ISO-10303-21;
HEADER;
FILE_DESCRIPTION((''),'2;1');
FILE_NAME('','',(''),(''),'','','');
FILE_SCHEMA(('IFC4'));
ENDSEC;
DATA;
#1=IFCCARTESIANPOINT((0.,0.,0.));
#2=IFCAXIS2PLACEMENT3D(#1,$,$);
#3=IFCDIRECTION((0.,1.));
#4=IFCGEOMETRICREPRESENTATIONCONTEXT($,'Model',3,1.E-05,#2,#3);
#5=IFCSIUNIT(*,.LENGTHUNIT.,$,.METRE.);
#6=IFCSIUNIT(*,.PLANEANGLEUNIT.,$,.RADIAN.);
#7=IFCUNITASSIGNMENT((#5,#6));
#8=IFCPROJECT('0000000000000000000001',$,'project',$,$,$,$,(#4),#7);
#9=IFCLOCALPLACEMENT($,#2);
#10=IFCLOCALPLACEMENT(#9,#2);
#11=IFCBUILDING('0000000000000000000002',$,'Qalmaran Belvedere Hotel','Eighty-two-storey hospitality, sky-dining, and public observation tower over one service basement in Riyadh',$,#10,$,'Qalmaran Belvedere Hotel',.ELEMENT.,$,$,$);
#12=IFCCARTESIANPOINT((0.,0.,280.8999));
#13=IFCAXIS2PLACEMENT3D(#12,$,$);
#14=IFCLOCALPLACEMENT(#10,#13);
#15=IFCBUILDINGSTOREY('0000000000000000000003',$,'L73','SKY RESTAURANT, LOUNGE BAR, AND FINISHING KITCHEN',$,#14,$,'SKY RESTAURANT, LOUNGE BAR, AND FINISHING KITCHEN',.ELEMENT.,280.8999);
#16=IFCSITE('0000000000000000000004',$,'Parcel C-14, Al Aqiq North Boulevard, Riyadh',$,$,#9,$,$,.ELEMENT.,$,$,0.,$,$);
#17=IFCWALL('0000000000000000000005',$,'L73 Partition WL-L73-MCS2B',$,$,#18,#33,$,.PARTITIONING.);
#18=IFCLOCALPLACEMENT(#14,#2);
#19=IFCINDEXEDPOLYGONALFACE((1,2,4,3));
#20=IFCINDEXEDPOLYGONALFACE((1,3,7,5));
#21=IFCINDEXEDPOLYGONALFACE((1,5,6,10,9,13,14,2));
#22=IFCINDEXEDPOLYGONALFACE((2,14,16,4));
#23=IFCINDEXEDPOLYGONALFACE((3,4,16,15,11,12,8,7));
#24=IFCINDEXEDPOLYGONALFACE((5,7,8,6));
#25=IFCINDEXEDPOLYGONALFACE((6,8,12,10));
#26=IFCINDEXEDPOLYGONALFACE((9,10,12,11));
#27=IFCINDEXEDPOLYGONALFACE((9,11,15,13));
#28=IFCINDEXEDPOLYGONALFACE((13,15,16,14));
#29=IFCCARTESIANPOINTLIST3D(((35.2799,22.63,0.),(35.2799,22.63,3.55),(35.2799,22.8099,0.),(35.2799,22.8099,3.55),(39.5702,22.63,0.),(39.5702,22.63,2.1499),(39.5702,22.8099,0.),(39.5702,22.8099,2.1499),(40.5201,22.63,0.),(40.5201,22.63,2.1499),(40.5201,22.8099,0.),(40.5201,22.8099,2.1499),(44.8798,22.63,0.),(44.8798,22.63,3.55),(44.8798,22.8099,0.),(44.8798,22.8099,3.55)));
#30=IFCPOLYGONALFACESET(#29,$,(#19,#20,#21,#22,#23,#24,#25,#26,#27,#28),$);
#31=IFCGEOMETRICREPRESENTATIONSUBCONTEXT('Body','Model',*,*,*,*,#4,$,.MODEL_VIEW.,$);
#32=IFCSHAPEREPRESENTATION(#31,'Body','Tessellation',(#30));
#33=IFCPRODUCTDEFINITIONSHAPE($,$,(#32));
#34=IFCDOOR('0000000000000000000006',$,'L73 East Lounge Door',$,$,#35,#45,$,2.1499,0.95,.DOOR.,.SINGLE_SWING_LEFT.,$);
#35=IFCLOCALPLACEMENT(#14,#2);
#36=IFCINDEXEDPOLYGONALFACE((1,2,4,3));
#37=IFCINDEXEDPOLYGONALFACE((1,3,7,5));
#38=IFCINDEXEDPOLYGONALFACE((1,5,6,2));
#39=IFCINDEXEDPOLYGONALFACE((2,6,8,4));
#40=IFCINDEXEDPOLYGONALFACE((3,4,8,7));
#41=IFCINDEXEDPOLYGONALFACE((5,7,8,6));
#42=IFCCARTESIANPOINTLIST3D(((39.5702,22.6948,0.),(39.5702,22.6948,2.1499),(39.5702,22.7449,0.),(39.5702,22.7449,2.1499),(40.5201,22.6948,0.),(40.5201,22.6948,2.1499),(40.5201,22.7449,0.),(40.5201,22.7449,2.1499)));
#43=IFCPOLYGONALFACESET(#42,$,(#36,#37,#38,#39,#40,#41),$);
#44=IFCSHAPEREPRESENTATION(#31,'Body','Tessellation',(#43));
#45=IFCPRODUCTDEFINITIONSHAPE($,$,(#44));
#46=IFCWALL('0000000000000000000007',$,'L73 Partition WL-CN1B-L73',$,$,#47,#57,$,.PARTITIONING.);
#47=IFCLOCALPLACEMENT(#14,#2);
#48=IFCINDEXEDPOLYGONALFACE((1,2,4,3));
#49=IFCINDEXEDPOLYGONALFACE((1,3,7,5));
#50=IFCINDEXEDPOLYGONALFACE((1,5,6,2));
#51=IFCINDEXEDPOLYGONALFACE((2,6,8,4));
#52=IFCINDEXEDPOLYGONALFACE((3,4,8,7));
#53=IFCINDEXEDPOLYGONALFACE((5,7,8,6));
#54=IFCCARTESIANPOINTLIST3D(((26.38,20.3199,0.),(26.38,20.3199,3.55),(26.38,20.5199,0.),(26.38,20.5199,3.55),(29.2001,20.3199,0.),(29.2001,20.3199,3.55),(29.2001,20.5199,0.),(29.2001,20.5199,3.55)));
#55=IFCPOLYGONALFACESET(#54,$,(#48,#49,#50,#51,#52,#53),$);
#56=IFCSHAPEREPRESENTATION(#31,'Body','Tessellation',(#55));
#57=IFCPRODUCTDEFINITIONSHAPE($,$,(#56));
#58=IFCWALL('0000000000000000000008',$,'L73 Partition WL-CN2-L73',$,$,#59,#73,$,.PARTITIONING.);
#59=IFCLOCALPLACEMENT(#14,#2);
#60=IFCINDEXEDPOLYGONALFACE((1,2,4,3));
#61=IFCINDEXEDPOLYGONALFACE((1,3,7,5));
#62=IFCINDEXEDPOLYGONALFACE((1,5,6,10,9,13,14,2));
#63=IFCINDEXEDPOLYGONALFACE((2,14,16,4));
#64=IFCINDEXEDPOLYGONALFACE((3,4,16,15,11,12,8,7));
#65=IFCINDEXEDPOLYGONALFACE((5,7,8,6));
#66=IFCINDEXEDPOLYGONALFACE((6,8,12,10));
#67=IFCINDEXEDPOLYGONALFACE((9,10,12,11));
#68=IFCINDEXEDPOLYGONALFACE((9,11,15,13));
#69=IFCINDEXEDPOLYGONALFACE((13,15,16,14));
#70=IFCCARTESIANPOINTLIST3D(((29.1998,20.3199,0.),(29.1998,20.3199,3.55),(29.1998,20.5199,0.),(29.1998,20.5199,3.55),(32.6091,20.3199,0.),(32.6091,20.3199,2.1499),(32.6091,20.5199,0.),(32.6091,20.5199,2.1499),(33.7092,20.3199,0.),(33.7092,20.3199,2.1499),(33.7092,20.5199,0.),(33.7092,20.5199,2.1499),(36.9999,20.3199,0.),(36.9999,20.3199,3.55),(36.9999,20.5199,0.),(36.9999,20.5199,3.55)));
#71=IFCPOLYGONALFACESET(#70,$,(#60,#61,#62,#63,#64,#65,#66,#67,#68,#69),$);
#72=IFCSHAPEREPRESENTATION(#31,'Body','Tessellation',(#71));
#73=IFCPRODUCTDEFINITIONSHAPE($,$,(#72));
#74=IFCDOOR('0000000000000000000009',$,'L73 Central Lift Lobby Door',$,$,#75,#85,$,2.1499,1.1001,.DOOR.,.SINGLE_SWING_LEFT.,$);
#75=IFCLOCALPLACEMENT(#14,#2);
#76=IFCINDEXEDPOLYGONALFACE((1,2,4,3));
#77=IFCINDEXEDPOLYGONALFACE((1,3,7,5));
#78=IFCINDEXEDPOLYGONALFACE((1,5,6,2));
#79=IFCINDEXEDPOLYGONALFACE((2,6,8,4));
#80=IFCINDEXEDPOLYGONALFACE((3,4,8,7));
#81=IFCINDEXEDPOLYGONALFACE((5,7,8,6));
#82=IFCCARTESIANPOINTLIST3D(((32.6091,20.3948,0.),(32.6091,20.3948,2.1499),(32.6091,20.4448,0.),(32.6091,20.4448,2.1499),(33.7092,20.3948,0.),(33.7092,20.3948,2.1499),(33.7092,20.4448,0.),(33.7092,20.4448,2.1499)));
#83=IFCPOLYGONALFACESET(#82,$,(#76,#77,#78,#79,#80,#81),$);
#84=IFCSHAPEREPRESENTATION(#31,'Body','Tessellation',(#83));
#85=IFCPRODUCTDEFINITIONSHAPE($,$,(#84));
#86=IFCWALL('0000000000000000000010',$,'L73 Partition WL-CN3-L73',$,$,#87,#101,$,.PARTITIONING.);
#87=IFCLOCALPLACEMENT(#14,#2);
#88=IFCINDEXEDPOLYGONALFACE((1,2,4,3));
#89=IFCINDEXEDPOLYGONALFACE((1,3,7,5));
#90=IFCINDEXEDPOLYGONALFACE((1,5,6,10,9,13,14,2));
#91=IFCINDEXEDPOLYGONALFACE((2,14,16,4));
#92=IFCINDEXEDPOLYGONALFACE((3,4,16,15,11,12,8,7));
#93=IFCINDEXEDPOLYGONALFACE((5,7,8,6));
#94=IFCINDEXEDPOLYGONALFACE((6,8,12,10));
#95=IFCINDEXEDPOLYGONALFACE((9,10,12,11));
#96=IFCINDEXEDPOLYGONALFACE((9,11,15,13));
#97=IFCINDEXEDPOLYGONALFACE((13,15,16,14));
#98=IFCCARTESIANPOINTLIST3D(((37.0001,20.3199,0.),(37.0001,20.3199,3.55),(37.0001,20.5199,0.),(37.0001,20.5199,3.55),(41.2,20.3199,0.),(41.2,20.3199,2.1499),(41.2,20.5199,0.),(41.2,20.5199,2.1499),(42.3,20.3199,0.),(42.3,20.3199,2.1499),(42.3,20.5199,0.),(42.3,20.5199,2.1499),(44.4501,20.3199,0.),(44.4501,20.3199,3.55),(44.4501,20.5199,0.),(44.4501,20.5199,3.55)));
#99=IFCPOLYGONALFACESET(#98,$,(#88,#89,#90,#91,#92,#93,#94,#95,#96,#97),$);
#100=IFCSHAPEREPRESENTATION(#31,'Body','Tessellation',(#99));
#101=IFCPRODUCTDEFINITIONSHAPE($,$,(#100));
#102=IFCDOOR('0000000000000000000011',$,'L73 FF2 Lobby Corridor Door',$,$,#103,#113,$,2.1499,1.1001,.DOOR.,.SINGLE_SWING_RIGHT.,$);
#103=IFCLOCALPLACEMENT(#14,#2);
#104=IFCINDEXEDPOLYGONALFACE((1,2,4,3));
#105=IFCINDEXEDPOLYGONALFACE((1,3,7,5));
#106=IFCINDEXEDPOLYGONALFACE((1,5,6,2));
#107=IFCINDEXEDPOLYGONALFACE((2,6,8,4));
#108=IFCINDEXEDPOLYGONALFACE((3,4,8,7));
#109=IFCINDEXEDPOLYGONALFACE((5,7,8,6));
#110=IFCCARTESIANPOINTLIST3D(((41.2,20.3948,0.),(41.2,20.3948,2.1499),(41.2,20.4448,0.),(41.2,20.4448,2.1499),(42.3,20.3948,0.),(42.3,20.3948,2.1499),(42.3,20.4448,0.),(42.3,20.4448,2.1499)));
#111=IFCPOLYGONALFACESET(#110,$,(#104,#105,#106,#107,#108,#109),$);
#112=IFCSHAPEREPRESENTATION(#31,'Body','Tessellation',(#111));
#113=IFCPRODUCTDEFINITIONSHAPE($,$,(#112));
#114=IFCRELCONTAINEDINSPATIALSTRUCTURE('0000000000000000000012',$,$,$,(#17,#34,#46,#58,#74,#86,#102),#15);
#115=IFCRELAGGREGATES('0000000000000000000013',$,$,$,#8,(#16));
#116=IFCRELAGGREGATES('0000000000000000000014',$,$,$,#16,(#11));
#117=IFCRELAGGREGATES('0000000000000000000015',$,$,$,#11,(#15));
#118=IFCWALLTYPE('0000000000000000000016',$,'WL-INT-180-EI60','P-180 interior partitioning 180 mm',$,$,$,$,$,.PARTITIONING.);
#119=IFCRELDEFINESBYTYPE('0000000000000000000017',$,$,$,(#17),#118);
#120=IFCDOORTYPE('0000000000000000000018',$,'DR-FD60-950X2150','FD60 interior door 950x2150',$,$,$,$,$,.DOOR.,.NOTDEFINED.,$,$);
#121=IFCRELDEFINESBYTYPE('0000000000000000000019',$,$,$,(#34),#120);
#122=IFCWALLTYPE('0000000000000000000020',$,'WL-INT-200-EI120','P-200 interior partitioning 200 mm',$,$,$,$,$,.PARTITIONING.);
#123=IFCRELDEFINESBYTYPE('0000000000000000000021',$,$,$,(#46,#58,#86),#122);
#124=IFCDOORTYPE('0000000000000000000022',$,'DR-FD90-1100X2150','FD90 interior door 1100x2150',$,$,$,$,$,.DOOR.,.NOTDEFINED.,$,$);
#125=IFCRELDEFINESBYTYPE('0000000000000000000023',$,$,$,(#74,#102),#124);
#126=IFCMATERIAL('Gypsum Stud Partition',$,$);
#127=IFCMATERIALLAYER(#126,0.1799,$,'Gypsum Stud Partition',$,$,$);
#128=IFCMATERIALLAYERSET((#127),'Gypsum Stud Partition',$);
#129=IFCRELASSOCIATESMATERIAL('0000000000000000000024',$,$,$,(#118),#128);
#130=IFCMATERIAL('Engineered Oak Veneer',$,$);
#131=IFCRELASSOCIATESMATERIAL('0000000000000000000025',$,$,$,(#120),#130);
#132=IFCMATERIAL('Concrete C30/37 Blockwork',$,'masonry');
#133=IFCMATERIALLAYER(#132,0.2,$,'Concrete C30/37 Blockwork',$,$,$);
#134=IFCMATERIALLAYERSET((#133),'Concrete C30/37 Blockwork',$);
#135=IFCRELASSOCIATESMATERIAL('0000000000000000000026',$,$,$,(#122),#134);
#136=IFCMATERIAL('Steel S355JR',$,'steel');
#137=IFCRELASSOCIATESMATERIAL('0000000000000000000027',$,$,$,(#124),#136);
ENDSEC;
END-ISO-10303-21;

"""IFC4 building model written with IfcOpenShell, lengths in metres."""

from ifc_helpers import new_model, si_unit, direction, frame, frame_2d, origin, place, context, subcontext, project, spatial, rectangle, extrude, material, layer, layer_set, type_object, element, fill, save


model = new_model("IFC4")

# Units and contexts
model_context = context("Model", 3, precision=1e-05, world=origin(), true_north=direction((0.0, 1.0)))
body_context = subcontext(model_context, "Body", "Model", "MODEL_VIEW")
ifc_project = project(units=[si_unit("LENGTHUNIT", "METRE"), si_unit("PLANEANGLEUNIT", "RADIAN")], contexts=[model_context])

# Site, building, storey
site_placement = place(None, origin())
site = spatial("IfcSite", under=ifc_project, at=site_placement, Name="Parcel C-14, Al Aqiq North Boulevard, Riyadh", CompositionType="ELEMENT", RefElevation=0.0)
building_placement = place(site_placement, origin())
building = spatial("IfcBuilding", under=site, at=building_placement, Name="Qalmaran Belvedere Hotel", Description="Eighty-two-storey hospitality, sky-dining, and public observation tower over one service basement in Riyadh", LongName="Qalmaran Belvedere Hotel", CompositionType="ELEMENT")
storey_placement = place(building_placement, frame((0.0, 0.0, 280.8999)))
storey = spatial("IfcBuildingStorey", under=building, at=storey_placement, Name="L73", Description="SKY RESTAURANT, LOUNGE BAR, AND FINISHING KITCHEN", LongName="SKY RESTAURANT, LOUNGE BAR, AND FINISHING KITCHEN", CompositionType="ELEMENT", Elevation=280.8999)

# Shared definitions
ifc_material_1 = material(Name="Steel S355JR", Category="steel")

# Shared definitions
ifc_material_2 = material(Name="Gypsum Stud Partition")

# Wall, opening, door
ifc_layer_1 = layer(ifc_material_2, 0.1799, Name="Gypsum Stud Partition")
ifc_layer_set_1 = layer_set([ifc_layer_1], Name="Gypsum Stud Partition")
wall_type_1 = type_object("IfcWallType", Name="WL-INT-180-EI60", Description="P-180 interior partitioning 180 mm", PredefinedType="PARTITIONING", material=ifc_layer_set_1)
ifc_material_3 = material(Name="Engineered Oak Veneer")
wall_1_placement = place(storey_placement, frame((35.28, 22.72, 0.0), z_axis=(0.0, 0.0, 1.0), x_axis=(1.0, 0.0, 0.0)))
wall_1 = element("IfcWall", 1, at=wall_1_placement, inside=storey, type_object=wall_type_1, Name="L73 Partition WL-L73-MCS2B", PredefinedType="PARTITIONING", context=body_context, shape_type="SweptSolid", body=[
    extrude(rectangle(XDim=9.5999, YDim=0.1799, at=frame_2d((4.7998, 0.0))), origin(), (0.0, 0.0, 1.0), 3.55),
])
opening_1_placement = place(wall_1_placement, frame((4.29, 0.0, 0.0)))
opening_1 = element("IfcOpeningElement", 2, at=opening_1_placement, cuts=wall_1, PredefinedType="OPENING", context=body_context, shape_type="SweptSolid", body=[
    extrude(rectangle(XDim=0.95, YDim=2.1499, at=frame_2d((0.4751, 1.075))), frame((0.0, 0.1001, 0.0), z_axis=(0.0, -1.0, 0.0), x_axis=(1.0, 0.0, 0.0)), (0.0, 0.0, 1.0), 0.2),
])
door_type_1 = type_object("IfcDoorType", Name="DR-FD60-950X2150", Description="FD60 interior door 950x2150", OperationType="NOTDEFINED", PredefinedType="DOOR", material=ifc_material_3)
door_1_placement = place(opening_1_placement, origin())
door_1 = element("IfcDoor", 3, at=door_1_placement, inside=storey, type_object=door_type_1, Name="L73 East Lounge Door", OperationType="SINGLE_SWING_LEFT", OverallHeight=2.1499, OverallWidth=0.95, PredefinedType="DOOR", context=body_context, shape_type="SweptSolid", body=[
    extrude(rectangle(XDim=0.95, YDim=2.1499, at=frame_2d((0.4751, 1.075))), frame((0.0, 0.0249, 0.0), z_axis=(0.0, -1.0, 0.0), x_axis=(1.0, 0.0, 0.0)), (0.0, 0.0, 1.0), 0.05),
])
fill(opening_1, door_1)

# Wall
ifc_material_4 = material(Name="Concrete C30/37 Blockwork", Category="masonry")
ifc_layer_2 = layer(ifc_material_4, 0.2, Name="Concrete C30/37 Blockwork")
ifc_layer_set_2 = layer_set([ifc_layer_2], Name="Concrete C30/37 Blockwork")
wall_type_2 = type_object("IfcWallType", Name="WL-INT-200-EI120", Description="P-200 interior partitioning 200 mm", PredefinedType="PARTITIONING", material=ifc_layer_set_2)
wall_2_placement = place(storey_placement, frame((26.3799, 20.4199, 0.0), z_axis=(0.0, 0.0, 1.0), x_axis=(1.0, 0.0, 0.0)))
element("IfcWall", 4, at=wall_2_placement, inside=storey, type_object=wall_type_2, Name="L73 Partition WL-CN1B-L73", PredefinedType="PARTITIONING", context=body_context, shape_type="SweptSolid", body=[
    extrude(rectangle(XDim=2.8201, YDim=0.2, at=frame_2d((1.4102, 0.0))), origin(), (0.0, 0.0, 1.0), 3.55),
])

# Walls, openings, doors
wall_3_placement = place(storey_placement, frame((29.2, 20.4199, 0.0), z_axis=(0.0, 0.0, 1.0), x_axis=(1.0, 0.0, 0.0)))
wall_3 = element("IfcWall", 5, at=wall_3_placement, inside=storey, type_object=wall_type_2, Name="L73 Partition WL-CN2-L73", PredefinedType="PARTITIONING", context=body_context, shape_type="SweptSolid", body=[
    extrude(rectangle(XDim=7.8, YDim=0.2, at=frame_2d((3.8999, 0.0))), origin(), (0.0, 0.0, 1.0), 3.55),
])
opening_2_placement = place(wall_3_placement, frame((3.4092, 0.0, 0.0)))
opening_2 = element("IfcOpeningElement", 6, at=opening_2_placement, cuts=wall_3, PredefinedType="OPENING", context=body_context, shape_type="SweptSolid", body=[
    extrude(rectangle(XDim=1.1001, YDim=2.1499, at=frame_2d((0.55, 1.075))), frame((0.0, 0.1099, 0.0), z_axis=(0.0, -1.0, 0.0), x_axis=(1.0, 0.0, 0.0)), (0.0, 0.0, 1.0), 0.22),
])
door_type_2 = type_object("IfcDoorType", Name="DR-FD90-1100X2150", Description="FD90 interior door 1100x2150", OperationType="NOTDEFINED", PredefinedType="DOOR", material=ifc_material_1)
door_2_placement = place(opening_2_placement, origin())
door_2 = element("IfcDoor", 7, at=door_2_placement, inside=storey, type_object=door_type_2, Name="L73 Central Lift Lobby Door", OperationType="SINGLE_SWING_LEFT", OverallHeight=2.1499, OverallWidth=1.1001, PredefinedType="DOOR", context=body_context, shape_type="SweptSolid", body=[
    extrude(rectangle(XDim=1.1001, YDim=2.1499, at=frame_2d((0.55, 1.075))), frame((0.0, 0.0249, 0.0), z_axis=(0.0, -1.0, 0.0), x_axis=(1.0, 0.0, 0.0)), (0.0, 0.0, 1.0), 0.05),
])
fill(opening_2, door_2)
wall_4_placement = place(storey_placement, frame((37.0, 20.4199, 0.0), z_axis=(0.0, 0.0, 1.0), x_axis=(1.0, 0.0, 0.0)))
wall_4 = element("IfcWall", 8, at=wall_4_placement, inside=storey, type_object=wall_type_2, Name="L73 Partition WL-CN3-L73", PredefinedType="PARTITIONING", context=body_context, shape_type="SweptSolid", body=[
    extrude(rectangle(XDim=7.45, YDim=0.2, at=frame_2d((3.7251, 0.0))), origin(), (0.0, 0.0, 1.0), 3.55),
])
opening_3_placement = place(wall_4_placement, frame((4.2, 0.0, 0.0)))
opening_3 = element("IfcOpeningElement", 9, at=opening_3_placement, cuts=wall_4, PredefinedType="OPENING", context=body_context, shape_type="SweptSolid", body=[
    extrude(rectangle(XDim=1.1001, YDim=2.1499, at=frame_2d((0.55, 1.075))), frame((0.0, 0.1099, 0.0), z_axis=(0.0, -1.0, 0.0), x_axis=(1.0, 0.0, 0.0)), (0.0, 0.0, 1.0), 0.22),
])
door_3_placement = place(opening_3_placement, origin())
door_3 = element("IfcDoor", 10, at=door_3_placement, inside=storey, type_object=door_type_2, Name="L73 FF2 Lobby Corridor Door", OperationType="SINGLE_SWING_RIGHT", OverallHeight=2.1499, OverallWidth=1.1001, PredefinedType="DOOR", context=body_context, shape_type="SweptSolid", body=[
    extrude(rectangle(XDim=1.1001, YDim=2.1499, at=frame_2d((0.55, 1.075))), frame((0.0, 0.0249, 0.0), z_axis=(0.0, -1.0, 0.0), x_axis=(1.0, 0.0, 0.0)), (0.0, 0.0, 1.0), 0.05),
])
fill(opening_3, door_3)

save(model, "model.ifc")
